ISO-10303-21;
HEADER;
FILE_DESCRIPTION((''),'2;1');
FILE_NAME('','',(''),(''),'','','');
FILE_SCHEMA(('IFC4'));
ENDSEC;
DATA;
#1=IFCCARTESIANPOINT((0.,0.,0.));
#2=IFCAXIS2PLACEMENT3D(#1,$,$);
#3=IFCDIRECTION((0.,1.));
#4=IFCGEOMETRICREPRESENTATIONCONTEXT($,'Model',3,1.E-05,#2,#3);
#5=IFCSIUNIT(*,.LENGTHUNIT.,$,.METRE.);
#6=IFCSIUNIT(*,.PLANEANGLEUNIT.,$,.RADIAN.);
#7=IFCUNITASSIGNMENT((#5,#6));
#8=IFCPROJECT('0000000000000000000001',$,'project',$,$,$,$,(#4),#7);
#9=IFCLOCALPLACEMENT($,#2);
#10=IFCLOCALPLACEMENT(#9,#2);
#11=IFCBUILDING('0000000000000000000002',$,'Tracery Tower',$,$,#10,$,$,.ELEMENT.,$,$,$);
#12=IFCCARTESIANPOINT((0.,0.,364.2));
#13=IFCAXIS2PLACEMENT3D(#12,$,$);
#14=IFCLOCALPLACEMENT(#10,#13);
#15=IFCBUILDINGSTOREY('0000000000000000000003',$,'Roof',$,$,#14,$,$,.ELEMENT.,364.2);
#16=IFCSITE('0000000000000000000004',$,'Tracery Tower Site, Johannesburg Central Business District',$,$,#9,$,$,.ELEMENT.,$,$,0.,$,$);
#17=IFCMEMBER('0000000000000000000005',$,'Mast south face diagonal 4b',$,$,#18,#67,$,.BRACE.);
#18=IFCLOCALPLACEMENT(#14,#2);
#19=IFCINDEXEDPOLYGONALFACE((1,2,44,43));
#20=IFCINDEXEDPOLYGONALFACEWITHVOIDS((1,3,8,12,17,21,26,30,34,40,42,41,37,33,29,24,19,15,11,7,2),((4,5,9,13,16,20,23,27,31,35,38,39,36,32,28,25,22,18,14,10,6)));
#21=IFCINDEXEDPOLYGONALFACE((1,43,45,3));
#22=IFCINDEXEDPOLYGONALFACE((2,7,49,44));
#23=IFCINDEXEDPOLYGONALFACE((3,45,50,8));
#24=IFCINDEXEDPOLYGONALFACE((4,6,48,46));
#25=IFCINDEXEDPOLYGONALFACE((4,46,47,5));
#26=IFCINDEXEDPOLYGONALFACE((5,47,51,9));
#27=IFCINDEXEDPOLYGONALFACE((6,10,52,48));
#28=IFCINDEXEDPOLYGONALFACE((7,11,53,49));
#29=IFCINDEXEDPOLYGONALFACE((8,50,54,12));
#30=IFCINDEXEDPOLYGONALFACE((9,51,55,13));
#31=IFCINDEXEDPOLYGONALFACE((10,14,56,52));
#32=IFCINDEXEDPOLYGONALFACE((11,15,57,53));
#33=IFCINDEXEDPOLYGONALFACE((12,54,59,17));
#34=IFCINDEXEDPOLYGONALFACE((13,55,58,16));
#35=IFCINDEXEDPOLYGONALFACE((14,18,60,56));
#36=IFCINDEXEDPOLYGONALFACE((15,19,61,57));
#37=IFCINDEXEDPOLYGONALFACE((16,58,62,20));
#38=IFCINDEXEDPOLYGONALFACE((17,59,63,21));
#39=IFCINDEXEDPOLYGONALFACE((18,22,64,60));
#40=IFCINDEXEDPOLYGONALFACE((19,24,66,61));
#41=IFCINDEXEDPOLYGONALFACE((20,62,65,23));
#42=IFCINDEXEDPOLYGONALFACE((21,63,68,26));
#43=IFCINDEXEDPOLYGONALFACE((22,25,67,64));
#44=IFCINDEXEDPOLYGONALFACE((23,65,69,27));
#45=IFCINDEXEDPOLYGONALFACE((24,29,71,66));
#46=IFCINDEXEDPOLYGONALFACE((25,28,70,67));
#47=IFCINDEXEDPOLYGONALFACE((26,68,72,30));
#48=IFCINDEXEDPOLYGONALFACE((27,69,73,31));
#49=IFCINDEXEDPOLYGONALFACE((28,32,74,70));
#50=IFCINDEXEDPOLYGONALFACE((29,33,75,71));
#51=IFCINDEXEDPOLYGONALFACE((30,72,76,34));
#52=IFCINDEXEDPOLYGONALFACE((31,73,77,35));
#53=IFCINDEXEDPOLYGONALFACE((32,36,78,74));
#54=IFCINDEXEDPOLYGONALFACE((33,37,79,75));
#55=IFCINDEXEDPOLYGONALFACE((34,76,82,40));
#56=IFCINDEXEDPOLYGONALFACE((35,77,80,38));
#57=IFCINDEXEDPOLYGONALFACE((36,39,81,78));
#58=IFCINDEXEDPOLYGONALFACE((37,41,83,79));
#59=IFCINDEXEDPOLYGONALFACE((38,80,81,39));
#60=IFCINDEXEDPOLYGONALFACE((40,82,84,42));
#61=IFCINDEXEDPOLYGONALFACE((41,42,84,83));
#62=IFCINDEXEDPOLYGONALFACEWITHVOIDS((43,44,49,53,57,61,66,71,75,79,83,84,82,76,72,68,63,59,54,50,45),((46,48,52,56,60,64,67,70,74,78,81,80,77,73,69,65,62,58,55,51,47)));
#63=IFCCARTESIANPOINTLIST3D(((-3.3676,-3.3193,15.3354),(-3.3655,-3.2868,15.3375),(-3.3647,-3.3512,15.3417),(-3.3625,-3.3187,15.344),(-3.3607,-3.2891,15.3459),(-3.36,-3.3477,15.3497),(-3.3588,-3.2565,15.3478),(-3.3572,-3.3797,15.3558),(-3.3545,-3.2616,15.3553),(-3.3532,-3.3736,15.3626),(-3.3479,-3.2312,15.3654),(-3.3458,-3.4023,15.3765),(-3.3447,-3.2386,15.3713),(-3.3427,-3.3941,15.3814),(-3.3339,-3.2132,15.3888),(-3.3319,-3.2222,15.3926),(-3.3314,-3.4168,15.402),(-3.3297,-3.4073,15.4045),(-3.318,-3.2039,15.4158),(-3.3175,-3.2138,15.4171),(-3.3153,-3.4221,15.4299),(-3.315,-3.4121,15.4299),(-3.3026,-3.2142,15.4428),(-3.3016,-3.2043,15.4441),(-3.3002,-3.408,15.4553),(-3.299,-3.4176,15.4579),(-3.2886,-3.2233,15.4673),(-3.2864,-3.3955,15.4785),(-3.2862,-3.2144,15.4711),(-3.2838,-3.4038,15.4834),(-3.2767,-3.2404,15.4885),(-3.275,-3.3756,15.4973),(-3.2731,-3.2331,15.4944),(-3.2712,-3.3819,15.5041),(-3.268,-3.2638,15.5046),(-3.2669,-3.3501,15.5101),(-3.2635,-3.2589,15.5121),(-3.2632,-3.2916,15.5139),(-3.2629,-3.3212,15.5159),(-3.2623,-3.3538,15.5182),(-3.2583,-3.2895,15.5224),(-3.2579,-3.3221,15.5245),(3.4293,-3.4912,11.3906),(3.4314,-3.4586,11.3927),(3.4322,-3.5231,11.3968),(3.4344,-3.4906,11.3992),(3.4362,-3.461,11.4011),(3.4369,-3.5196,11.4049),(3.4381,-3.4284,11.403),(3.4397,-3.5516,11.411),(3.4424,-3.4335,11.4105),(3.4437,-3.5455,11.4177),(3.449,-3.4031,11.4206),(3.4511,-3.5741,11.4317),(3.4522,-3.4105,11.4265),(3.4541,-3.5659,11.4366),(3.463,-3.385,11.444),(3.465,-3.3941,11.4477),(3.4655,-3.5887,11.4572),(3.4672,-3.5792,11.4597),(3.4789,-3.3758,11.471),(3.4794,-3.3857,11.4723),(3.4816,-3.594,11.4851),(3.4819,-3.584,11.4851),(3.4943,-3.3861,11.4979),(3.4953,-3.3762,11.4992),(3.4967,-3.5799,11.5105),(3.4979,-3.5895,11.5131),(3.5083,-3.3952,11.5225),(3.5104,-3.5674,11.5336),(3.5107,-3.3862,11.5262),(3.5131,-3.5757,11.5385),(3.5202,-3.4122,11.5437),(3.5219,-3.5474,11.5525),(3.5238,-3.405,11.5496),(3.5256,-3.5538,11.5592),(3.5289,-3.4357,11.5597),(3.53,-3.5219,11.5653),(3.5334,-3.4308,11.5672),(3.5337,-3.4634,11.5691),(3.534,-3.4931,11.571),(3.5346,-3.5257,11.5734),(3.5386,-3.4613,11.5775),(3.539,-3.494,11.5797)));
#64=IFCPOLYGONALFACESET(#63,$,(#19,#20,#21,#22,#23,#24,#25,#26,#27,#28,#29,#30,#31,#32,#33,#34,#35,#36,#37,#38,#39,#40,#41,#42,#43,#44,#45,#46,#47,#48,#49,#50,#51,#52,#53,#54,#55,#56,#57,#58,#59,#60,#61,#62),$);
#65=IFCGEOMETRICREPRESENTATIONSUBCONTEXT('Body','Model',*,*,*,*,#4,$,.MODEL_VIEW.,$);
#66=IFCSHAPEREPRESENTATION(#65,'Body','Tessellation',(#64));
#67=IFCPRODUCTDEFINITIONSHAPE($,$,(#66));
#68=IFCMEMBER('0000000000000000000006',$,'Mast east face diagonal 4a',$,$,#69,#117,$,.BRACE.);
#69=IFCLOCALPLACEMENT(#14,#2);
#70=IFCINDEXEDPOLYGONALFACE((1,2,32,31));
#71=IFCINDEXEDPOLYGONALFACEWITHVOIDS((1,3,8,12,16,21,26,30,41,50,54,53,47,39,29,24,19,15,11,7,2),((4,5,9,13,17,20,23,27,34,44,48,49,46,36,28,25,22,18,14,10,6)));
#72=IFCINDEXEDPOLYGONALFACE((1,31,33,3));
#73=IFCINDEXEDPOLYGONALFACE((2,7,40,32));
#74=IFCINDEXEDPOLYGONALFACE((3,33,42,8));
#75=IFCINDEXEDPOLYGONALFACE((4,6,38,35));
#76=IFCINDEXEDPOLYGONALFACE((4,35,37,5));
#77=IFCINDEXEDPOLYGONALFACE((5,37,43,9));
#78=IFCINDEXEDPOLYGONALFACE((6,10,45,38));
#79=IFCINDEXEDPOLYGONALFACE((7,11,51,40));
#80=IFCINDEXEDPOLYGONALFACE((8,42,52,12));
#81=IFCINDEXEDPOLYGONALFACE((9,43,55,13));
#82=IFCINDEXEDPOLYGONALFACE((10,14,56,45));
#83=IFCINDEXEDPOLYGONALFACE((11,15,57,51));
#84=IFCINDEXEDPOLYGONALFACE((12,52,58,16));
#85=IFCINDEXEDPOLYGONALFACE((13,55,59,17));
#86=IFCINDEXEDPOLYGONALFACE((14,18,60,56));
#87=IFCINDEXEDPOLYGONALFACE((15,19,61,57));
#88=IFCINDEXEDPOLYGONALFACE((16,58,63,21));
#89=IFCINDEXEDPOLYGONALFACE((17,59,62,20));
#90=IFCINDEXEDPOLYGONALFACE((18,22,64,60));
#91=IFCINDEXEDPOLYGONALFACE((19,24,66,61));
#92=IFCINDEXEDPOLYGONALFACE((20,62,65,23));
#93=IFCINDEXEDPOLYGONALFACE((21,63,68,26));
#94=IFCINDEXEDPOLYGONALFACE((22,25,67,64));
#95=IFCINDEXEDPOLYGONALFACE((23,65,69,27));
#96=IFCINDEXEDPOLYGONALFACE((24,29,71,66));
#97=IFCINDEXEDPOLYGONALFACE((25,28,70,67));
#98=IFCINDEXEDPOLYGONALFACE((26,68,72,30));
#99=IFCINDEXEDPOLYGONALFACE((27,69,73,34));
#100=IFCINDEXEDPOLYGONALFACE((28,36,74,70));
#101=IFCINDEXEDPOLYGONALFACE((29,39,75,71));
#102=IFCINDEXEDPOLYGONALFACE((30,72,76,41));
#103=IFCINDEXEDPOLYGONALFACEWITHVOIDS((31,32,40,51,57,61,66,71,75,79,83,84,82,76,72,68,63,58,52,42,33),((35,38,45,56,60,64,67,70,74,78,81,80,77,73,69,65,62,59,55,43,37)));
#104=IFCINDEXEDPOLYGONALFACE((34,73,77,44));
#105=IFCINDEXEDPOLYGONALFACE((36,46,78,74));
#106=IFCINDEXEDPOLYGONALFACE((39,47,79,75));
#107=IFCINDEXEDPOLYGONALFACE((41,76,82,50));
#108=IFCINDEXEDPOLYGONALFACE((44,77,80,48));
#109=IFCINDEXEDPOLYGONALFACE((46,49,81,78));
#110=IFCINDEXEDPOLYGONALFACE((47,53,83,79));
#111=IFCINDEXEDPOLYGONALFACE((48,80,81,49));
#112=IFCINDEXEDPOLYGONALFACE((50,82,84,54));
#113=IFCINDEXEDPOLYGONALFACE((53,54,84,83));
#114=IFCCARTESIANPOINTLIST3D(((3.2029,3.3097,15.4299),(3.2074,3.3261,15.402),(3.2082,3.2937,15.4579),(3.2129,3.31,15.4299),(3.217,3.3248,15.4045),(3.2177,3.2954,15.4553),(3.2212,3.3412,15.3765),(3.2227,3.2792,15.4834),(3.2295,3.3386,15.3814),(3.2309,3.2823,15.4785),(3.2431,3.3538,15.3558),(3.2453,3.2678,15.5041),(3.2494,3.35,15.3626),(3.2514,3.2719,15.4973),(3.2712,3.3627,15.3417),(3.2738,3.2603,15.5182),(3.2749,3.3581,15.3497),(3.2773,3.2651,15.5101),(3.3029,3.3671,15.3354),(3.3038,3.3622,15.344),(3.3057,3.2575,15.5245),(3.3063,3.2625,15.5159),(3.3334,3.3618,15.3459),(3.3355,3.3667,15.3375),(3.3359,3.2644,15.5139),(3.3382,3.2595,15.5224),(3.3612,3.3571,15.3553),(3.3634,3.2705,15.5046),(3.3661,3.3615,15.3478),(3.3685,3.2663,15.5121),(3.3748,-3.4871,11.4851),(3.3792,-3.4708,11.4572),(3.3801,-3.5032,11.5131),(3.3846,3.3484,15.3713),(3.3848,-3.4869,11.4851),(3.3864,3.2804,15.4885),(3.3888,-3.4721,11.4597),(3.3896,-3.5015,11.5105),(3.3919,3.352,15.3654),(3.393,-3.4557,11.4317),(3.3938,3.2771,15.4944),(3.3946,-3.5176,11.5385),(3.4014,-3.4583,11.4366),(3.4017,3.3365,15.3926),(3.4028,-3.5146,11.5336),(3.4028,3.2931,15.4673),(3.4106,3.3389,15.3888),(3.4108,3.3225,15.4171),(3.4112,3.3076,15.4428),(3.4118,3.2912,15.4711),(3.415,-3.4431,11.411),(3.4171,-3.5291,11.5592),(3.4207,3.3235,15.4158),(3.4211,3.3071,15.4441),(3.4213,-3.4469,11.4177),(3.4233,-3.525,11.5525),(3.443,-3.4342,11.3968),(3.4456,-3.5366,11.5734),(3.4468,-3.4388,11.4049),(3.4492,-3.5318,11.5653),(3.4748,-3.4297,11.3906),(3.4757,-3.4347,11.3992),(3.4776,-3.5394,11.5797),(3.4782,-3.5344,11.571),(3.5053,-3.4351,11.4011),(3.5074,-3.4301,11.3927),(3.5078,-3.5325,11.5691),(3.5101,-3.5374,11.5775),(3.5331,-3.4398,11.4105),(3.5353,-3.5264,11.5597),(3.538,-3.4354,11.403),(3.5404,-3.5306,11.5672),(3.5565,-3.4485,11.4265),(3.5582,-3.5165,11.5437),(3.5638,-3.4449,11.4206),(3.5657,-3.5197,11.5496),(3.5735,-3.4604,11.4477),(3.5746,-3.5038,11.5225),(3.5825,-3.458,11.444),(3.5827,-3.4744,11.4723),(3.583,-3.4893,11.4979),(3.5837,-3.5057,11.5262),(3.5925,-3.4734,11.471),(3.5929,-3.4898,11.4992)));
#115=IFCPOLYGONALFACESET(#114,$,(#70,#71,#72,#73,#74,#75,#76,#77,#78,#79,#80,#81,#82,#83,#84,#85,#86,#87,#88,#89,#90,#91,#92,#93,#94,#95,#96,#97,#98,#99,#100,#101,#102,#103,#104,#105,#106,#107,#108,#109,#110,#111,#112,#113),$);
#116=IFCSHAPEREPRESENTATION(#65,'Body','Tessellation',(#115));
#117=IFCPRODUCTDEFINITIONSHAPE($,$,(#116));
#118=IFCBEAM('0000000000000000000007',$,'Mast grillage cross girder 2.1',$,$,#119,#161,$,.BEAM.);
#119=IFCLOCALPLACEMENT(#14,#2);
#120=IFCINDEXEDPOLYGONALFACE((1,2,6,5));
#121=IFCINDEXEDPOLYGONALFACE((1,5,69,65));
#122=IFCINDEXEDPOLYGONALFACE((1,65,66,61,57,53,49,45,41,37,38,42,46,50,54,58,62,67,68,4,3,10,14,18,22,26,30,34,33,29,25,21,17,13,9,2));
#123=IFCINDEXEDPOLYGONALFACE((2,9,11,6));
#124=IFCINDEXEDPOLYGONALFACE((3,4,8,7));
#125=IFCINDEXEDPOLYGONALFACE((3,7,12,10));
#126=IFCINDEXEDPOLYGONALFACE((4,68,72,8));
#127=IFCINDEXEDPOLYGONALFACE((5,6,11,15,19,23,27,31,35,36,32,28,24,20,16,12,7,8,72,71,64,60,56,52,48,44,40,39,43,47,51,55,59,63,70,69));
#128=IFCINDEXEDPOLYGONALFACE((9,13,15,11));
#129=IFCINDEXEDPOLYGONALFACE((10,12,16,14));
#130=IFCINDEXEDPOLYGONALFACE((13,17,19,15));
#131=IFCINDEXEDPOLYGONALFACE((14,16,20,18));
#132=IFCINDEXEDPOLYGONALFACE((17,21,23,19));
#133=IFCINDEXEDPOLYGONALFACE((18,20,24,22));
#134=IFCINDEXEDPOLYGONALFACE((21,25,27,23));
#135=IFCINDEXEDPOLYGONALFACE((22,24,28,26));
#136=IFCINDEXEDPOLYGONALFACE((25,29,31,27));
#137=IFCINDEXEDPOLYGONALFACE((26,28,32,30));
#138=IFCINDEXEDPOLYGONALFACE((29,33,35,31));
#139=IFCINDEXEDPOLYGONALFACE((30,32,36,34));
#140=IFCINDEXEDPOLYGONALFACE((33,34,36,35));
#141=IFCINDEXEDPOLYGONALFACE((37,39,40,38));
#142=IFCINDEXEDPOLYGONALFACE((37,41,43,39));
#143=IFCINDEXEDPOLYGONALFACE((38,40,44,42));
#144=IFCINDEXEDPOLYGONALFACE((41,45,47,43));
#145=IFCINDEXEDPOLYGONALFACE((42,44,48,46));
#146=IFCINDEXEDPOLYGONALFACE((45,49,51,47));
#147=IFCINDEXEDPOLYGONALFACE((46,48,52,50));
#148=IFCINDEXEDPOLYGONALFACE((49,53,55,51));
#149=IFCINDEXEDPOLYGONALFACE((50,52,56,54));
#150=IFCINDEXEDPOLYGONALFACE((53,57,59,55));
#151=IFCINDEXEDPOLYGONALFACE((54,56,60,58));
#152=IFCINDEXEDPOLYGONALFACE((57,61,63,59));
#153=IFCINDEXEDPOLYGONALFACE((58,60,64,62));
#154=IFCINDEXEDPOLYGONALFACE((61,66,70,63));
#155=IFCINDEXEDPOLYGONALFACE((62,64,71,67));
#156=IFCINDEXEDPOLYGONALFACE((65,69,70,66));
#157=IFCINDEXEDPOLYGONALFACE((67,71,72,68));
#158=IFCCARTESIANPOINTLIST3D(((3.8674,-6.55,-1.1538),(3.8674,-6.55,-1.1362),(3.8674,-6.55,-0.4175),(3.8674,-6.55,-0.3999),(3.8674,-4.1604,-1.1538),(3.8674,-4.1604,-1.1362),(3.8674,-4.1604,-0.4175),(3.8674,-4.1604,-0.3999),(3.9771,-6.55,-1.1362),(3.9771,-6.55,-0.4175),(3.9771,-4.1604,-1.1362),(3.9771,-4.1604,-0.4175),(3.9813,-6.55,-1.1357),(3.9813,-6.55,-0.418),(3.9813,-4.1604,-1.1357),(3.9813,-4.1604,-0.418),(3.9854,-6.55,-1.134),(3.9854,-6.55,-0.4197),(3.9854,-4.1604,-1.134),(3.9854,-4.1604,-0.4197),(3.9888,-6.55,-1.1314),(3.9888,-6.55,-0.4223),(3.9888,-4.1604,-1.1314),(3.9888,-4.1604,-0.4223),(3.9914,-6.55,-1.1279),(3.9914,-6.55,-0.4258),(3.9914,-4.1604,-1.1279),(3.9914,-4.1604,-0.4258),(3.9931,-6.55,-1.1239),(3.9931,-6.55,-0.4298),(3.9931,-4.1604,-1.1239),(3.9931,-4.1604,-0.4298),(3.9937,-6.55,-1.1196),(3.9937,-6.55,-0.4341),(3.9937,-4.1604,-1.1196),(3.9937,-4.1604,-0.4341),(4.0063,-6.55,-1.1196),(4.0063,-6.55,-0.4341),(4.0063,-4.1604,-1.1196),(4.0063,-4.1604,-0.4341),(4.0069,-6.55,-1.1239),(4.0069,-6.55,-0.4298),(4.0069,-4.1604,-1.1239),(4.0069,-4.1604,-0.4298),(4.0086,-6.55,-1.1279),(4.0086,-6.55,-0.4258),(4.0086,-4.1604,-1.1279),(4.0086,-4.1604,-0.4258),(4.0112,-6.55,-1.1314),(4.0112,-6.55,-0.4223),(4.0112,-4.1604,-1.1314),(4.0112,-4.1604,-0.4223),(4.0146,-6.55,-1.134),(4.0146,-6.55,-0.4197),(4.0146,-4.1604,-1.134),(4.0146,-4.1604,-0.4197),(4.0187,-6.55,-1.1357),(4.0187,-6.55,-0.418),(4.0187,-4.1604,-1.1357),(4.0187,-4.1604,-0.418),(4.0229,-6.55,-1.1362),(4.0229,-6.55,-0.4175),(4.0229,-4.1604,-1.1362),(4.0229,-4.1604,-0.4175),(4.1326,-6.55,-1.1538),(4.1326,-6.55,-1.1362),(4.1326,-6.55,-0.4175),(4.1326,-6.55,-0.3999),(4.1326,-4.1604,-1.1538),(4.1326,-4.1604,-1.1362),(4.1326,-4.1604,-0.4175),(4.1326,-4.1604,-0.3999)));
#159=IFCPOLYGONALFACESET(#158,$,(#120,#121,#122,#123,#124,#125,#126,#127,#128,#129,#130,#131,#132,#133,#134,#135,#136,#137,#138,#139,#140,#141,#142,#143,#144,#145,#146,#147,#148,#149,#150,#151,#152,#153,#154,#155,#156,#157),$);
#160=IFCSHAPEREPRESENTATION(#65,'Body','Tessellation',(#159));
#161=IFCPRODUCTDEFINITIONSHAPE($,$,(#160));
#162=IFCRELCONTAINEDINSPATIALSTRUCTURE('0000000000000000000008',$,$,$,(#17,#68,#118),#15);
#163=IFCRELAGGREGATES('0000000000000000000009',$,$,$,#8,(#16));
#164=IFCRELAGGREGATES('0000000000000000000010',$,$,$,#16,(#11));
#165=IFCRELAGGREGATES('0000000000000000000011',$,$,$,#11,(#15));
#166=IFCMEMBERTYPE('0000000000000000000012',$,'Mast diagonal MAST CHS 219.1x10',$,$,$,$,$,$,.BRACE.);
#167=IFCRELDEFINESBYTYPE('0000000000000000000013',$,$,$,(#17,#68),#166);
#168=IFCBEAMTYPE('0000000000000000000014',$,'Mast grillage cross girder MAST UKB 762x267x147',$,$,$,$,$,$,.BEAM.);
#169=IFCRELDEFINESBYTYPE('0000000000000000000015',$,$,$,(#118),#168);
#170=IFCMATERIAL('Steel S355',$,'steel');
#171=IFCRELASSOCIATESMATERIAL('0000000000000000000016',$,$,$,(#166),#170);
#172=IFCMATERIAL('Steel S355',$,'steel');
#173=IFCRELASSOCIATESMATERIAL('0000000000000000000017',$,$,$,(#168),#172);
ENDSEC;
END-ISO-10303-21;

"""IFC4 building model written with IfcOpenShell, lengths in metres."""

from ifc_helpers import new_model, si_unit, direction, frame, origin, origin_2d, place, context, subcontext, project, spatial, hollow_circle, i_section, extrude, material, material_profile, profile_set, type_object, element, save


model = new_model("IFC4")

# Units and contexts
model_context = context("Model", 3, precision=1e-05, world=origin(), true_north=direction((0.0, 1.0)))
body_context = subcontext(model_context, "Body", "Model", "MODEL_VIEW")
ifc_project = project(units=[si_unit("LENGTHUNIT", "METRE"), si_unit("PLANEANGLEUNIT", "RADIAN")], contexts=[model_context])

# Site, building, storey
site_placement = place(None, origin())
site = spatial("IfcSite", under=ifc_project, at=site_placement, Name="Tracery Tower Site, Johannesburg Central Business District", CompositionType="ELEMENT", RefElevation=0.0)
building_placement = place(site_placement, origin())
building = spatial("IfcBuilding", under=site, at=building_placement, Name="Tracery Tower", CompositionType="ELEMENT")
storey_placement = place(building_placement, frame((0.0, 0.0, 364.2)))
storey = spatial("IfcBuildingStorey", under=building, at=storey_placement, Name="Roof", CompositionType="ELEMENT", Elevation=364.2)

# Members
ifc_material_1 = material(Name="Steel S355", Category="steel")
ifc_material_profile_1 = material_profile(ifc_material_1, hollow_circle(Radius=0.1096, WallThickness=0.01, at=origin_2d()), Name="CHS 219.1x10")
ifc_profile_set_1 = profile_set([ifc_material_profile_1], Name="Steel S355")
member_type_1 = type_object("IfcMemberType", Name="Mast diagonal MAST CHS 219.1x10", PredefinedType="BRACE", material=ifc_profile_set_1)
for number, where, z_axis, x_axis, name in (
    (1, (3.4844, -3.4844, 11.4851), (-0.864679, 0.021865, 0.501849), (-0.025279, -0.99968, 0.0), "Mast south face diagonal 4b"),
    (2, (3.4844, -3.4844, 11.4851), (-0.021865, 0.864679, 0.501849), (-0.99968, -0.025279, 0.0), "Mast east face diagonal 4a"),
):
    element("IfcMember", number, at=place(storey_placement, frame(where, z_axis=z_axis, x_axis=x_axis)), inside=storey, type_object=member_type_1, Name=name, PredefinedType="BRACE", context=body_context, shape_type="SweptSolid", body=[
        extrude(hollow_circle(Radius=0.1096, WallThickness=0.01, at=origin_2d()), origin(), (0.0, 0.0, 1.0), 7.8606),
    ])

# Beam
ifc_material_2 = material(Name="Steel S355", Category="steel")
ifc_material_profile_2 = material_profile(ifc_material_2, i_section(OverallWidth=0.2651, OverallDepth=0.7539, WebThickness=0.0127, FlangeThickness=0.0176, FilletRadius=0.0166, at=origin_2d()), Name="UKB 762x267x147")
ifc_profile_set_2 = profile_set([ifc_material_profile_2], Name="Steel S355")
beam_type_1 = type_object("IfcBeamType", Name="Mast grillage cross girder MAST UKB 762x267x147", PredefinedType="BEAM", material=ifc_profile_set_2)
beam_1_placement = place(storey_placement, frame((4.0, -6.55, -0.7769), z_axis=(0.0, 1.0, 0.0), x_axis=(-1.0, 0.0, 0.0)))
element("IfcBeam", 3, at=beam_1_placement, inside=storey, type_object=beam_type_1, Name="Mast grillage cross girder 2.1", PredefinedType="BEAM", context=body_context, shape_type="SweptSolid", body=[
    extrude(i_section(OverallWidth=0.2651, OverallDepth=0.7539, WebThickness=0.0127, FlangeThickness=0.0176, FilletRadius=0.0166, at=origin_2d()), origin(), (0.0, 0.0, 1.0), 2.3896),
])

save(model, "model.ifc")
